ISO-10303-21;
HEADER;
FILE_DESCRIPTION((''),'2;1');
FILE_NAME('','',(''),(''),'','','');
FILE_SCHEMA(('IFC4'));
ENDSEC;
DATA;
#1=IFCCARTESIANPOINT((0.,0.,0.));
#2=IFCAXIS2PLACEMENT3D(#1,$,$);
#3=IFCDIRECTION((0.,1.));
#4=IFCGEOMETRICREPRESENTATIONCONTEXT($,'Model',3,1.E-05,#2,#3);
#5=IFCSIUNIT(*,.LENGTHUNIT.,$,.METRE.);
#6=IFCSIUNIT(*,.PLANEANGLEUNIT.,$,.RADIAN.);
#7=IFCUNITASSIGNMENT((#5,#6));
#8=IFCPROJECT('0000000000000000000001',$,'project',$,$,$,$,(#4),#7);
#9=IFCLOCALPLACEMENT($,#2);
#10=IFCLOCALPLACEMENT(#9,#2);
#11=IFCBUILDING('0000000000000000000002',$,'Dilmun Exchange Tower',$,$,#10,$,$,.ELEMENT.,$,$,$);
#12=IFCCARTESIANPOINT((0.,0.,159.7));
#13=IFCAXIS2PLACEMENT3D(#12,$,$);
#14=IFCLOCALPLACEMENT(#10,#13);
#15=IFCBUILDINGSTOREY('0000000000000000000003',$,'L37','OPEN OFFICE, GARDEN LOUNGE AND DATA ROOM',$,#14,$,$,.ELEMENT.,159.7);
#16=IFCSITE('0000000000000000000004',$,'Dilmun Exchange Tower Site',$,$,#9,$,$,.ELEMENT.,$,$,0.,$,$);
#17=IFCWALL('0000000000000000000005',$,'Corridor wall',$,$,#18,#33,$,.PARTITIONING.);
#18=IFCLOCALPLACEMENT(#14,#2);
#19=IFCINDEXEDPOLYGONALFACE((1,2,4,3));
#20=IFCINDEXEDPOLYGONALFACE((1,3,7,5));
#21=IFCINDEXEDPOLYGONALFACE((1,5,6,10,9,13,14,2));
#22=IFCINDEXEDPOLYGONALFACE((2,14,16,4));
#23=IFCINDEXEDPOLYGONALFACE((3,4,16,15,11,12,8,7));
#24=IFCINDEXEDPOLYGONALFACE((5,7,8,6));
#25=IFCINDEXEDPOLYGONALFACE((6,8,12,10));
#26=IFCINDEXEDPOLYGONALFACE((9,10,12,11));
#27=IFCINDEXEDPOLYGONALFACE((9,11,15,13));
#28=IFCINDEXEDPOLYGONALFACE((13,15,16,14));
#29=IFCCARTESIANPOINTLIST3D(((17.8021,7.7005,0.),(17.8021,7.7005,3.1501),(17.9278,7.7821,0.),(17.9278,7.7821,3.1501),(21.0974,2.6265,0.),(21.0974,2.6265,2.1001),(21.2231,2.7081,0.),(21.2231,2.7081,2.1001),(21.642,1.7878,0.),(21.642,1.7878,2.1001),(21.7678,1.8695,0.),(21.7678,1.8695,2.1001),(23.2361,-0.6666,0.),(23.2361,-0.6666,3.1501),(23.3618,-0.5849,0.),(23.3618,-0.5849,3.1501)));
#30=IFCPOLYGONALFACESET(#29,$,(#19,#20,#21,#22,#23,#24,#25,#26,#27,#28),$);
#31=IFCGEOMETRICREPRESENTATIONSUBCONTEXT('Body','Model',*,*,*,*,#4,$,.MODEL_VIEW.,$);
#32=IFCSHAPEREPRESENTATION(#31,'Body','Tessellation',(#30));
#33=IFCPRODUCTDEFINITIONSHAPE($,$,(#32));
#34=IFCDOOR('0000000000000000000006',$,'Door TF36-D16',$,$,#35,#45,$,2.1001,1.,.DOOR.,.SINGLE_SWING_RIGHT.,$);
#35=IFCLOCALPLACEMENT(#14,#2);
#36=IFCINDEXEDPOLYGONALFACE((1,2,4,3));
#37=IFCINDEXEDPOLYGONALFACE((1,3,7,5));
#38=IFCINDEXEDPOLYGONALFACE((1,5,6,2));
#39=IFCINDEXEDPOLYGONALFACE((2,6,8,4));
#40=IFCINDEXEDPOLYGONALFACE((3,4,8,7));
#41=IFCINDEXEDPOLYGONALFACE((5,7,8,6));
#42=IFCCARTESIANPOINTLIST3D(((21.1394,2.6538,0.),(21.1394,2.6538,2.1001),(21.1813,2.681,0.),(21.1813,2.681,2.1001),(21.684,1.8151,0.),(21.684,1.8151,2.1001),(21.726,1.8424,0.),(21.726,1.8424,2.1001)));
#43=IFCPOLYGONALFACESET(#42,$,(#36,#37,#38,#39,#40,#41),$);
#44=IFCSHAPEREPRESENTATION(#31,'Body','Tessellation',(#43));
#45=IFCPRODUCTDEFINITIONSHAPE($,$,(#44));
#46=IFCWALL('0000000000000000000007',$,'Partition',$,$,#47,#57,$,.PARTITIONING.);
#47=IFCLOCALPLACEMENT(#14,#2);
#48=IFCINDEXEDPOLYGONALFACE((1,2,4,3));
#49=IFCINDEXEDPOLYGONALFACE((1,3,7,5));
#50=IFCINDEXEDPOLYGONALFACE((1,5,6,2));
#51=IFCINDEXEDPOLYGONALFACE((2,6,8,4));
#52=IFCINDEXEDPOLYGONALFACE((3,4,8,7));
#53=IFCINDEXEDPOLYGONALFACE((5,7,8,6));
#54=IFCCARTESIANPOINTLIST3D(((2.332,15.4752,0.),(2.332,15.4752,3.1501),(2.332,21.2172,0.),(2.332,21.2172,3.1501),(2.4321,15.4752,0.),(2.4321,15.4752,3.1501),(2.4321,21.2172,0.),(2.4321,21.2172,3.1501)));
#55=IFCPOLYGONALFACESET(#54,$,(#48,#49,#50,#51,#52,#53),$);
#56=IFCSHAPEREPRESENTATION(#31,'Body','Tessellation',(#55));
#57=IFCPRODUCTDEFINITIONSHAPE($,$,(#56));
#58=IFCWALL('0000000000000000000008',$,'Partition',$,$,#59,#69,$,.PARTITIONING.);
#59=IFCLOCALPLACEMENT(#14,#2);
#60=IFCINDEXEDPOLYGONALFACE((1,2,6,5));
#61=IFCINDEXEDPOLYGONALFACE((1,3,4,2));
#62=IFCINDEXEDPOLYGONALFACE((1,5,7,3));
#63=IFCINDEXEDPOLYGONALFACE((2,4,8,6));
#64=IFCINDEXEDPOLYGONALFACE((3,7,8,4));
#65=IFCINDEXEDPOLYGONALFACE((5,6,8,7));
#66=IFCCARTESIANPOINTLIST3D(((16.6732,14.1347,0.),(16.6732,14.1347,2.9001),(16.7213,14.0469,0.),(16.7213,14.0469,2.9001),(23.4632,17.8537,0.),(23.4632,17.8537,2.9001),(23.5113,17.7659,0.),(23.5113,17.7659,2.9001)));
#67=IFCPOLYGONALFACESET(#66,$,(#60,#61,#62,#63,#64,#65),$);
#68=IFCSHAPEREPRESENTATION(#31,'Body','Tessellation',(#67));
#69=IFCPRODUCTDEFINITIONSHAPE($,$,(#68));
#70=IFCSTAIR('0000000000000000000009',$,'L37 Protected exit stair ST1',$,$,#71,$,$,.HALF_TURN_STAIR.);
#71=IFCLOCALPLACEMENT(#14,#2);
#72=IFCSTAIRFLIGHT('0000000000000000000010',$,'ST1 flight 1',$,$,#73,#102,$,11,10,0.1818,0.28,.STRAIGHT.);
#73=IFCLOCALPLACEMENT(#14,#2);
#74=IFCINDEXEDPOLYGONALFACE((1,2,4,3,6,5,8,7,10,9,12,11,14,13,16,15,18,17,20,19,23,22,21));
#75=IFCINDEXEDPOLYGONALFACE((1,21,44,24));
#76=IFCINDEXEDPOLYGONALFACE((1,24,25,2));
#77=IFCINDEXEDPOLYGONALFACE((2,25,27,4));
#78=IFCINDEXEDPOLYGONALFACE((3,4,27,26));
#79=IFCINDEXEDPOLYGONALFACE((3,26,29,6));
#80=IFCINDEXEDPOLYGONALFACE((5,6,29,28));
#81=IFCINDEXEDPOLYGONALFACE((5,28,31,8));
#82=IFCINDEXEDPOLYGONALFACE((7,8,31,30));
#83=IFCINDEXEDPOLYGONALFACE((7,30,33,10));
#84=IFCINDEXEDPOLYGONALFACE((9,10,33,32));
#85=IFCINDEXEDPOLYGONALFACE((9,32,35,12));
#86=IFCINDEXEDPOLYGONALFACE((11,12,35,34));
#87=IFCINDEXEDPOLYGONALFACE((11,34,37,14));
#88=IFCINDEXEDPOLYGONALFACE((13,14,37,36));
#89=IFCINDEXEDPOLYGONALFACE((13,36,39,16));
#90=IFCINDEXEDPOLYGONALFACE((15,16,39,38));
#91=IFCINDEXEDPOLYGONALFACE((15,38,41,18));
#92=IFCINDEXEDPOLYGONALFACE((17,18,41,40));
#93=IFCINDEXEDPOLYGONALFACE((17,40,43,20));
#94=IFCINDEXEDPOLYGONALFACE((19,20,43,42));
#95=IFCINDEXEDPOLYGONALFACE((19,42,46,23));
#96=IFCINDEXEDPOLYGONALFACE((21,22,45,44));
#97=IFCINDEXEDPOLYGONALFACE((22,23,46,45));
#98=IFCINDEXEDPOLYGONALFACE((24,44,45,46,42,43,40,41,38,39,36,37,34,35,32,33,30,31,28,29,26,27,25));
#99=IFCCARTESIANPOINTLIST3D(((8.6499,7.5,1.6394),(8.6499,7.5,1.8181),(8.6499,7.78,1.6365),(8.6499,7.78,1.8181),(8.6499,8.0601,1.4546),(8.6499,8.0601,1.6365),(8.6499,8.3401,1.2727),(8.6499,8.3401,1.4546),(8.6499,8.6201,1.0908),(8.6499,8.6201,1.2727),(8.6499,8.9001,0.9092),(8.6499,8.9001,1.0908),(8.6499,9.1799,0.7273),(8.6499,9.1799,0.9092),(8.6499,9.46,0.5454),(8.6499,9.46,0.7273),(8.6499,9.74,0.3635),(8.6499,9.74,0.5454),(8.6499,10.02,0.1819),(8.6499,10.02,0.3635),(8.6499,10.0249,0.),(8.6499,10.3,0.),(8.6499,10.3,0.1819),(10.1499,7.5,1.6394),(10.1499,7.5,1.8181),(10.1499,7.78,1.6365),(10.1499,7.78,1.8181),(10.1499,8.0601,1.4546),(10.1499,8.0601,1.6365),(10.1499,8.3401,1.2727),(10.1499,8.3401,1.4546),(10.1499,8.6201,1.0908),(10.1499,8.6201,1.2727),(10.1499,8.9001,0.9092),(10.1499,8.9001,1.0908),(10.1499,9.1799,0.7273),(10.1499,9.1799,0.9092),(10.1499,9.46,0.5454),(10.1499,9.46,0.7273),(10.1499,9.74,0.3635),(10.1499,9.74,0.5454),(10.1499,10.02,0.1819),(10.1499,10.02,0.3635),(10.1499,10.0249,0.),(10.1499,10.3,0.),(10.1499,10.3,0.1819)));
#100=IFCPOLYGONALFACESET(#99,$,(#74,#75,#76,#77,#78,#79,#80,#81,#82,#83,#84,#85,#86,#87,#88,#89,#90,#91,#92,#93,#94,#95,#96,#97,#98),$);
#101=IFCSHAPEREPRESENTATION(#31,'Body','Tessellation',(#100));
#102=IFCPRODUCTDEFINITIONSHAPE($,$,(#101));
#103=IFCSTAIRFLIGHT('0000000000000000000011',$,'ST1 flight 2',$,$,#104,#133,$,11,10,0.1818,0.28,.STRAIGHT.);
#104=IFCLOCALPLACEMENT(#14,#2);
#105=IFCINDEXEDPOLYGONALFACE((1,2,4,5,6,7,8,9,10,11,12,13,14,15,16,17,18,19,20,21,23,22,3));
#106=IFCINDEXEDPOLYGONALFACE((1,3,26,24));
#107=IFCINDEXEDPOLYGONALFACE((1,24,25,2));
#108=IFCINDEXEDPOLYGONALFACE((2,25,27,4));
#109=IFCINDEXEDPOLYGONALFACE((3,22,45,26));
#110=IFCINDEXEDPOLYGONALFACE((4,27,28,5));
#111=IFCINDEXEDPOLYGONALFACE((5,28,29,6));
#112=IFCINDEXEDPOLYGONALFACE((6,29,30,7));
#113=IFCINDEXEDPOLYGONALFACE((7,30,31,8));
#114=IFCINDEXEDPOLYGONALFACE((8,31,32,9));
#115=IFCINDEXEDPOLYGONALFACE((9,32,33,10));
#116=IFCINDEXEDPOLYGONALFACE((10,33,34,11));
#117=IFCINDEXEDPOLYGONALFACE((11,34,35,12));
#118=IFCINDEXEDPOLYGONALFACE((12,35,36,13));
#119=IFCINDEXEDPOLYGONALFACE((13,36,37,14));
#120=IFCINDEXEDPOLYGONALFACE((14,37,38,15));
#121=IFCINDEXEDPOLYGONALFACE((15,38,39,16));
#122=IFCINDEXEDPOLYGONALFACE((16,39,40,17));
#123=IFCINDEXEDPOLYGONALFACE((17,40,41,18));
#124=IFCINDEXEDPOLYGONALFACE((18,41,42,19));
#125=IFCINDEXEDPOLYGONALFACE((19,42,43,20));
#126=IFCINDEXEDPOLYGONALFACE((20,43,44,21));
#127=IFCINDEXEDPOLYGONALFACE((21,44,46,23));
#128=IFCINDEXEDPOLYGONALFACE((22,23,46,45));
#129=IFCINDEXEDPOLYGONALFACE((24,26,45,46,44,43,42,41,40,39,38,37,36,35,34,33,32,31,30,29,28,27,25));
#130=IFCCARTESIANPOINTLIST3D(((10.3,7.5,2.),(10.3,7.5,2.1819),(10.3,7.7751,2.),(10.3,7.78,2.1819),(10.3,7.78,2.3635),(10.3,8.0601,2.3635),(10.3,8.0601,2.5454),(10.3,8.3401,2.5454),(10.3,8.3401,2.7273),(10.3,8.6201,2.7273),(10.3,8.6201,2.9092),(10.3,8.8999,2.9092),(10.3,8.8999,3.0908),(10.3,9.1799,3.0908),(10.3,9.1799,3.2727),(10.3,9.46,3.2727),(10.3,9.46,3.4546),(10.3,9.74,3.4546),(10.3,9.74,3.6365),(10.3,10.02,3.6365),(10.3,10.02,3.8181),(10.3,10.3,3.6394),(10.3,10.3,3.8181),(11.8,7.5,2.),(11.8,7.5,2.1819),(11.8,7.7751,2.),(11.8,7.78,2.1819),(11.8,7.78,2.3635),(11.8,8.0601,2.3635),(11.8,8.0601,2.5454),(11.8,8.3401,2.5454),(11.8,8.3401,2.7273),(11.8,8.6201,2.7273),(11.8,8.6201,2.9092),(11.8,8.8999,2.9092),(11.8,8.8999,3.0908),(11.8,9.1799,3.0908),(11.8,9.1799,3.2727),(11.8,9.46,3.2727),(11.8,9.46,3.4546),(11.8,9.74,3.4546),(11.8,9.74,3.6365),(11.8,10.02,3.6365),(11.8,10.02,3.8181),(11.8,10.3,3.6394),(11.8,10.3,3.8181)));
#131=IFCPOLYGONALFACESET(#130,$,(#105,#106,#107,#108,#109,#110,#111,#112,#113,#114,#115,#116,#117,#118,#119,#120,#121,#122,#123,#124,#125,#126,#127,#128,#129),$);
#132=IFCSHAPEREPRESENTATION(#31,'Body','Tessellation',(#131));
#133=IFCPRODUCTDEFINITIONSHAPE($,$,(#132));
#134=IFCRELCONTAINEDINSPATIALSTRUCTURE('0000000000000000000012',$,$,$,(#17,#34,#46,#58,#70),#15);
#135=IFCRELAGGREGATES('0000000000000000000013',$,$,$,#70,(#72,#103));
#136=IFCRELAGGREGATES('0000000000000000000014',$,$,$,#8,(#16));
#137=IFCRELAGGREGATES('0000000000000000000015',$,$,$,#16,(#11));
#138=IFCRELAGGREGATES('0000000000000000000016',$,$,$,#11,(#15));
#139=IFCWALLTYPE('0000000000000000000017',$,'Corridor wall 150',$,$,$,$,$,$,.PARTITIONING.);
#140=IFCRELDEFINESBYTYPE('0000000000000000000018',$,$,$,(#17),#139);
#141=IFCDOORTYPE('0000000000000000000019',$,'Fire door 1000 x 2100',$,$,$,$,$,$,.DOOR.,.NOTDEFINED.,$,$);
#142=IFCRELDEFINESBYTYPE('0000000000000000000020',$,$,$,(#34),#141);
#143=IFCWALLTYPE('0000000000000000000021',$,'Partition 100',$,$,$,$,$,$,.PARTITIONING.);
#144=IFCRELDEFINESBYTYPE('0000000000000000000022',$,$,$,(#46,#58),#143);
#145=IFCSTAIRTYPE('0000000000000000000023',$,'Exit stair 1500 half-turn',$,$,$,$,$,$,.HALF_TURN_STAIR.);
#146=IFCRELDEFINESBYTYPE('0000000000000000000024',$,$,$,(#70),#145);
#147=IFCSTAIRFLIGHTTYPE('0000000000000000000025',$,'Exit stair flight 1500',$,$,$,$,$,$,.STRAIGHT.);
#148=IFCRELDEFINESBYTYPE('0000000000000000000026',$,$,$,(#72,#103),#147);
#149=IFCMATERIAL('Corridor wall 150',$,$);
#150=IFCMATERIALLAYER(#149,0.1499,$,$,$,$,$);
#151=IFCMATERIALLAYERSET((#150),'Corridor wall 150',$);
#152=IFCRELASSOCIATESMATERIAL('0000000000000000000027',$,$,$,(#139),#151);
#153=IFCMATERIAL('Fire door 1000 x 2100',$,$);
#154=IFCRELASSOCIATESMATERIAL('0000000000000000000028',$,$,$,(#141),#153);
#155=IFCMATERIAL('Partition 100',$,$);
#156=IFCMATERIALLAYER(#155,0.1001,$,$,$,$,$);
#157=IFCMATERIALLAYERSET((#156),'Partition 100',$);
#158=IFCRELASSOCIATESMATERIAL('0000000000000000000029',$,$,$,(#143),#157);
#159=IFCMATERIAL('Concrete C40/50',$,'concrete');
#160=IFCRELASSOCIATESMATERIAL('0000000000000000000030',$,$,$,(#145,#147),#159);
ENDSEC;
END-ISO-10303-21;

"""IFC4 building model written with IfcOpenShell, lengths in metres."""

from ifc_helpers import new_model, si_unit, direction, frame, frame_2d, origin, place, context, subcontext, project, spatial, polyline, rectangle, outline, extrude, material, layer, layer_set, type_object, element, fill, aggregate, save


model = new_model("IFC4")

# Units and contexts
model_context = context("Model", 3, precision=1e-05, world=origin(), true_north=direction((0.0, 1.0)))
body_context = subcontext(model_context, "Body", "Model", "MODEL_VIEW")
ifc_project = project(units=[si_unit("LENGTHUNIT", "METRE"), si_unit("PLANEANGLEUNIT", "RADIAN")], contexts=[model_context])

# Site, building, storey
site_placement = place(None, origin())
site = spatial("IfcSite", under=ifc_project, at=site_placement, Name="Dilmun Exchange Tower Site", CompositionType="ELEMENT", RefElevation=0.0)
building_placement = place(site_placement, origin())
building = spatial("IfcBuilding", under=site, at=building_placement, Name="Dilmun Exchange Tower", CompositionType="ELEMENT")
storey_placement = place(building_placement, frame((0.0, 0.0, 159.7)))
storey = spatial("IfcBuildingStorey", under=building, at=storey_placement, Name="L37", Description="OPEN OFFICE, GARDEN LOUNGE AND DATA ROOM", CompositionType="ELEMENT", Elevation=159.7)

# Shared definitions
ifc_material_1 = material(Name="Concrete C40/50", Category="concrete")

# Shared definitions
ifc_material_2 = material(Name="Corridor wall 150")
ifc_layer_1 = layer(ifc_material_2, 0.1499)
ifc_layer_set_1 = layer_set([ifc_layer_1], Name="Corridor wall 150")
wall_type_1 = type_object("IfcWallType", Name="Corridor wall 150", PredefinedType="PARTITIONING", material=ifc_layer_set_1)

# Shared definitions
ifc_material_3 = material(Name="Fire door 1000 x 2100")
door_type_1 = type_object("IfcDoorType", Name="Fire door 1000 x 2100", OperationType="NOTDEFINED", PredefinedType="DOOR", material=ifc_material_3)

# Wall, opening, door
wall_1_placement = place(storey_placement, frame((17.865, 7.7412, 0.0), z_axis=(0.0, 0.0, 1.0), x_axis=(0.544665, -0.838654, 0.0)))
wall_1 = element("IfcWall", 1, at=wall_1_placement, inside=storey, type_object=wall_type_1, Name="Corridor wall", PredefinedType="PARTITIONING", context=body_context, shape_type="SweptSolid", body=[
    extrude(rectangle(XDim=9.9768, YDim=0.1499, at=frame_2d((4.9883, 0.0))), origin(), (0.0, 0.0, 1.0), 3.1501),
])
opening_1_placement = place(wall_1_placement, frame((6.05, 0.0, 0.0)))
opening_1 = element("IfcOpeningElement", 2, at=opening_1_placement, cuts=wall_1, PredefinedType="OPENING", context=body_context, shape_type="SweptSolid", body=[
    extrude(rectangle(XDim=1.0, YDim=2.1001, at=frame_2d((0.5, 1.05))), frame((0.0, 0.085, 0.0), z_axis=(0.0, -1.0, 0.0), x_axis=(1.0, 0.0, 0.0)), (0.0, 0.0, 1.0), 0.1699),
])
door_1_placement = place(opening_1_placement, frame((1.0, 0.0, 0.0), z_axis=(0.0, 0.0, 1.0), x_axis=(-1.0, 0.0, 0.0)))
door_1 = element("IfcDoor", 3, at=door_1_placement, inside=storey, type_object=door_type_1, Name="Door TF36-D16", OperationType="SINGLE_SWING_RIGHT", OverallHeight=2.1001, OverallWidth=1.0, PredefinedType="DOOR", context=body_context, shape_type="SweptSolid", body=[
    extrude(rectangle(XDim=1.0, YDim=2.1001, at=frame_2d((0.5, 1.05))), frame((0.0, 0.0249, 0.0), z_axis=(0.0, -1.0, 0.0), x_axis=(1.0, 0.0, 0.0)), (0.0, 0.0, 1.0), 0.05),
])
fill(opening_1, door_1)

# Walls
ifc_material_4 = material(Name="Partition 100")
ifc_layer_2 = layer(ifc_material_4, 0.1001)
ifc_layer_set_2 = layer_set([ifc_layer_2], Name="Partition 100")
wall_type_2 = type_object("IfcWallType", Name="Partition 100", PredefinedType="PARTITIONING", material=ifc_layer_set_2)
wall_2_placement = place(storey_placement, frame((2.3821, 15.4751, 0.0), z_axis=(0.0, 0.0, 1.0), x_axis=(0.0, 1.0, 0.0)))
element("IfcWall", 4, at=wall_2_placement, inside=storey, type_object=wall_type_2, Name="Partition", PredefinedType="PARTITIONING", context=body_context, shape_type="SweptSolid", body=[
    extrude(rectangle(XDim=5.7419, YDim=0.1001, at=frame_2d((2.8711, 0.0))), origin(), (0.0, 0.0, 1.0), 3.1501),
])
wall_3_placement = place(storey_placement, frame((16.6973, 14.0908, 0.0), z_axis=(0.0, 0.0, 1.0), x_axis=(0.877061, 0.480378, 0.0)))
element("IfcWall", 5, at=wall_3_placement, inside=storey, type_object=wall_type_2, Name="Partition", PredefinedType="PARTITIONING", context=body_context, shape_type="SweptSolid", body=[
    extrude(rectangle(XDim=7.7417, YDim=0.1001, at=frame_2d((3.8708, 0.0))), origin(), (0.0, 0.0, 1.0), 2.9001),
])

# Stair, stair flights
stair_type = type_object("IfcStairType", Name="Exit stair 1500 half-turn", PredefinedType="HALF_TURN_STAIR", material=ifc_material_1)
stair_placement = place(storey_placement, origin())
stair = element("IfcStair", 6, at=stair_placement, inside=storey, type_object=stair_type, Name="L37 Protected exit stair ST1", PredefinedType="HALF_TURN_STAIR")
stair_flight_type = type_object("IfcStairFlightType", Name="Exit stair flight 1500", PredefinedType="STRAIGHT", material=ifc_material_1)
stair_flight_1_placement = place(storey_placement, frame((9.3999, 10.3, 0.0), z_axis=(0.0, 0.0, 1.0), x_axis=(0.0, -1.0, 0.0)))
stair_flight_1 = element("IfcStairFlight", 7, at=stair_flight_1_placement, type_object=stair_flight_type, Name="ST1 flight 1", NumberOfRisers=11, NumberOfTreads=10, PredefinedType="STRAIGHT", RiserHeight=0.1818, TreadLength=0.28, context=body_context, shape_type="SweptSolid", body=[
    extrude(outline(polyline([(0.0, 0.0), (0.0, 0.1819), (0.28, 0.1819), (0.28, 0.3635), (0.5601, 0.3635), (0.5601, 0.5454), (0.8401, 0.5454), (0.8401, 0.7273), (1.1201, 0.7273), (1.1201, 0.9092), (1.3999, 0.9092), (1.3999, 1.0908), (1.6799, 1.0908), (1.6799, 1.2727), (1.96, 1.2727), (1.96, 1.4546), (2.24, 1.4546), (2.24, 1.6365), (2.52, 1.6365), (2.52, 1.8181), (2.8, 1.8181), (2.8, 2.0), (2.8, 1.6394), (0.2751, 0.0), (0.0, 0.0)])), frame((0.0, 0.75, 0.0), z_axis=(0.0, -1.0, 0.0), x_axis=(1.0, 0.0, 0.0)), (0.0, 0.0, 1.0), 1.5),
])
stair_flight_2_placement = place(storey_placement, frame((11.05, 7.5, 2.0), z_axis=(0.0, 0.0, 1.0), x_axis=(0.0, 1.0, 0.0)))
stair_flight_2 = element("IfcStairFlight", 8, at=stair_flight_2_placement, type_object=stair_flight_type, Name="ST1 flight 2", NumberOfRisers=11, NumberOfTreads=10, PredefinedType="STRAIGHT", RiserHeight=0.1818, TreadLength=0.28, context=body_context, shape_type="SweptSolid", body=[
    extrude(outline(polyline([(0.0, 0.0), (0.0, 0.1819), (0.28, 0.1819), (0.28, 0.3635), (0.5601, 0.3635), (0.5601, 0.5454), (0.8401, 0.5454), (0.8401, 0.7273), (1.1201, 0.7273), (1.1201, 0.9092), (1.3999, 0.9092), (1.3999, 1.0908), (1.6799, 1.0908), (1.6799, 1.2727), (1.96, 1.2727), (1.96, 1.4546), (2.24, 1.4546), (2.24, 1.6365), (2.52, 1.6365), (2.52, 1.8181), (2.8, 1.8181), (2.8, 2.0), (2.8, 1.6394), (0.2751, 0.0), (0.0, 0.0)])), frame((0.0, 0.75, 0.0), z_axis=(0.0, -1.0, 0.0), x_axis=(1.0, 0.0, 0.0)), (0.0, 0.0, 1.0), 1.5),
])
aggregate(stair, [stair_flight_1, stair_flight_2])

save(model, "model.ifc")
